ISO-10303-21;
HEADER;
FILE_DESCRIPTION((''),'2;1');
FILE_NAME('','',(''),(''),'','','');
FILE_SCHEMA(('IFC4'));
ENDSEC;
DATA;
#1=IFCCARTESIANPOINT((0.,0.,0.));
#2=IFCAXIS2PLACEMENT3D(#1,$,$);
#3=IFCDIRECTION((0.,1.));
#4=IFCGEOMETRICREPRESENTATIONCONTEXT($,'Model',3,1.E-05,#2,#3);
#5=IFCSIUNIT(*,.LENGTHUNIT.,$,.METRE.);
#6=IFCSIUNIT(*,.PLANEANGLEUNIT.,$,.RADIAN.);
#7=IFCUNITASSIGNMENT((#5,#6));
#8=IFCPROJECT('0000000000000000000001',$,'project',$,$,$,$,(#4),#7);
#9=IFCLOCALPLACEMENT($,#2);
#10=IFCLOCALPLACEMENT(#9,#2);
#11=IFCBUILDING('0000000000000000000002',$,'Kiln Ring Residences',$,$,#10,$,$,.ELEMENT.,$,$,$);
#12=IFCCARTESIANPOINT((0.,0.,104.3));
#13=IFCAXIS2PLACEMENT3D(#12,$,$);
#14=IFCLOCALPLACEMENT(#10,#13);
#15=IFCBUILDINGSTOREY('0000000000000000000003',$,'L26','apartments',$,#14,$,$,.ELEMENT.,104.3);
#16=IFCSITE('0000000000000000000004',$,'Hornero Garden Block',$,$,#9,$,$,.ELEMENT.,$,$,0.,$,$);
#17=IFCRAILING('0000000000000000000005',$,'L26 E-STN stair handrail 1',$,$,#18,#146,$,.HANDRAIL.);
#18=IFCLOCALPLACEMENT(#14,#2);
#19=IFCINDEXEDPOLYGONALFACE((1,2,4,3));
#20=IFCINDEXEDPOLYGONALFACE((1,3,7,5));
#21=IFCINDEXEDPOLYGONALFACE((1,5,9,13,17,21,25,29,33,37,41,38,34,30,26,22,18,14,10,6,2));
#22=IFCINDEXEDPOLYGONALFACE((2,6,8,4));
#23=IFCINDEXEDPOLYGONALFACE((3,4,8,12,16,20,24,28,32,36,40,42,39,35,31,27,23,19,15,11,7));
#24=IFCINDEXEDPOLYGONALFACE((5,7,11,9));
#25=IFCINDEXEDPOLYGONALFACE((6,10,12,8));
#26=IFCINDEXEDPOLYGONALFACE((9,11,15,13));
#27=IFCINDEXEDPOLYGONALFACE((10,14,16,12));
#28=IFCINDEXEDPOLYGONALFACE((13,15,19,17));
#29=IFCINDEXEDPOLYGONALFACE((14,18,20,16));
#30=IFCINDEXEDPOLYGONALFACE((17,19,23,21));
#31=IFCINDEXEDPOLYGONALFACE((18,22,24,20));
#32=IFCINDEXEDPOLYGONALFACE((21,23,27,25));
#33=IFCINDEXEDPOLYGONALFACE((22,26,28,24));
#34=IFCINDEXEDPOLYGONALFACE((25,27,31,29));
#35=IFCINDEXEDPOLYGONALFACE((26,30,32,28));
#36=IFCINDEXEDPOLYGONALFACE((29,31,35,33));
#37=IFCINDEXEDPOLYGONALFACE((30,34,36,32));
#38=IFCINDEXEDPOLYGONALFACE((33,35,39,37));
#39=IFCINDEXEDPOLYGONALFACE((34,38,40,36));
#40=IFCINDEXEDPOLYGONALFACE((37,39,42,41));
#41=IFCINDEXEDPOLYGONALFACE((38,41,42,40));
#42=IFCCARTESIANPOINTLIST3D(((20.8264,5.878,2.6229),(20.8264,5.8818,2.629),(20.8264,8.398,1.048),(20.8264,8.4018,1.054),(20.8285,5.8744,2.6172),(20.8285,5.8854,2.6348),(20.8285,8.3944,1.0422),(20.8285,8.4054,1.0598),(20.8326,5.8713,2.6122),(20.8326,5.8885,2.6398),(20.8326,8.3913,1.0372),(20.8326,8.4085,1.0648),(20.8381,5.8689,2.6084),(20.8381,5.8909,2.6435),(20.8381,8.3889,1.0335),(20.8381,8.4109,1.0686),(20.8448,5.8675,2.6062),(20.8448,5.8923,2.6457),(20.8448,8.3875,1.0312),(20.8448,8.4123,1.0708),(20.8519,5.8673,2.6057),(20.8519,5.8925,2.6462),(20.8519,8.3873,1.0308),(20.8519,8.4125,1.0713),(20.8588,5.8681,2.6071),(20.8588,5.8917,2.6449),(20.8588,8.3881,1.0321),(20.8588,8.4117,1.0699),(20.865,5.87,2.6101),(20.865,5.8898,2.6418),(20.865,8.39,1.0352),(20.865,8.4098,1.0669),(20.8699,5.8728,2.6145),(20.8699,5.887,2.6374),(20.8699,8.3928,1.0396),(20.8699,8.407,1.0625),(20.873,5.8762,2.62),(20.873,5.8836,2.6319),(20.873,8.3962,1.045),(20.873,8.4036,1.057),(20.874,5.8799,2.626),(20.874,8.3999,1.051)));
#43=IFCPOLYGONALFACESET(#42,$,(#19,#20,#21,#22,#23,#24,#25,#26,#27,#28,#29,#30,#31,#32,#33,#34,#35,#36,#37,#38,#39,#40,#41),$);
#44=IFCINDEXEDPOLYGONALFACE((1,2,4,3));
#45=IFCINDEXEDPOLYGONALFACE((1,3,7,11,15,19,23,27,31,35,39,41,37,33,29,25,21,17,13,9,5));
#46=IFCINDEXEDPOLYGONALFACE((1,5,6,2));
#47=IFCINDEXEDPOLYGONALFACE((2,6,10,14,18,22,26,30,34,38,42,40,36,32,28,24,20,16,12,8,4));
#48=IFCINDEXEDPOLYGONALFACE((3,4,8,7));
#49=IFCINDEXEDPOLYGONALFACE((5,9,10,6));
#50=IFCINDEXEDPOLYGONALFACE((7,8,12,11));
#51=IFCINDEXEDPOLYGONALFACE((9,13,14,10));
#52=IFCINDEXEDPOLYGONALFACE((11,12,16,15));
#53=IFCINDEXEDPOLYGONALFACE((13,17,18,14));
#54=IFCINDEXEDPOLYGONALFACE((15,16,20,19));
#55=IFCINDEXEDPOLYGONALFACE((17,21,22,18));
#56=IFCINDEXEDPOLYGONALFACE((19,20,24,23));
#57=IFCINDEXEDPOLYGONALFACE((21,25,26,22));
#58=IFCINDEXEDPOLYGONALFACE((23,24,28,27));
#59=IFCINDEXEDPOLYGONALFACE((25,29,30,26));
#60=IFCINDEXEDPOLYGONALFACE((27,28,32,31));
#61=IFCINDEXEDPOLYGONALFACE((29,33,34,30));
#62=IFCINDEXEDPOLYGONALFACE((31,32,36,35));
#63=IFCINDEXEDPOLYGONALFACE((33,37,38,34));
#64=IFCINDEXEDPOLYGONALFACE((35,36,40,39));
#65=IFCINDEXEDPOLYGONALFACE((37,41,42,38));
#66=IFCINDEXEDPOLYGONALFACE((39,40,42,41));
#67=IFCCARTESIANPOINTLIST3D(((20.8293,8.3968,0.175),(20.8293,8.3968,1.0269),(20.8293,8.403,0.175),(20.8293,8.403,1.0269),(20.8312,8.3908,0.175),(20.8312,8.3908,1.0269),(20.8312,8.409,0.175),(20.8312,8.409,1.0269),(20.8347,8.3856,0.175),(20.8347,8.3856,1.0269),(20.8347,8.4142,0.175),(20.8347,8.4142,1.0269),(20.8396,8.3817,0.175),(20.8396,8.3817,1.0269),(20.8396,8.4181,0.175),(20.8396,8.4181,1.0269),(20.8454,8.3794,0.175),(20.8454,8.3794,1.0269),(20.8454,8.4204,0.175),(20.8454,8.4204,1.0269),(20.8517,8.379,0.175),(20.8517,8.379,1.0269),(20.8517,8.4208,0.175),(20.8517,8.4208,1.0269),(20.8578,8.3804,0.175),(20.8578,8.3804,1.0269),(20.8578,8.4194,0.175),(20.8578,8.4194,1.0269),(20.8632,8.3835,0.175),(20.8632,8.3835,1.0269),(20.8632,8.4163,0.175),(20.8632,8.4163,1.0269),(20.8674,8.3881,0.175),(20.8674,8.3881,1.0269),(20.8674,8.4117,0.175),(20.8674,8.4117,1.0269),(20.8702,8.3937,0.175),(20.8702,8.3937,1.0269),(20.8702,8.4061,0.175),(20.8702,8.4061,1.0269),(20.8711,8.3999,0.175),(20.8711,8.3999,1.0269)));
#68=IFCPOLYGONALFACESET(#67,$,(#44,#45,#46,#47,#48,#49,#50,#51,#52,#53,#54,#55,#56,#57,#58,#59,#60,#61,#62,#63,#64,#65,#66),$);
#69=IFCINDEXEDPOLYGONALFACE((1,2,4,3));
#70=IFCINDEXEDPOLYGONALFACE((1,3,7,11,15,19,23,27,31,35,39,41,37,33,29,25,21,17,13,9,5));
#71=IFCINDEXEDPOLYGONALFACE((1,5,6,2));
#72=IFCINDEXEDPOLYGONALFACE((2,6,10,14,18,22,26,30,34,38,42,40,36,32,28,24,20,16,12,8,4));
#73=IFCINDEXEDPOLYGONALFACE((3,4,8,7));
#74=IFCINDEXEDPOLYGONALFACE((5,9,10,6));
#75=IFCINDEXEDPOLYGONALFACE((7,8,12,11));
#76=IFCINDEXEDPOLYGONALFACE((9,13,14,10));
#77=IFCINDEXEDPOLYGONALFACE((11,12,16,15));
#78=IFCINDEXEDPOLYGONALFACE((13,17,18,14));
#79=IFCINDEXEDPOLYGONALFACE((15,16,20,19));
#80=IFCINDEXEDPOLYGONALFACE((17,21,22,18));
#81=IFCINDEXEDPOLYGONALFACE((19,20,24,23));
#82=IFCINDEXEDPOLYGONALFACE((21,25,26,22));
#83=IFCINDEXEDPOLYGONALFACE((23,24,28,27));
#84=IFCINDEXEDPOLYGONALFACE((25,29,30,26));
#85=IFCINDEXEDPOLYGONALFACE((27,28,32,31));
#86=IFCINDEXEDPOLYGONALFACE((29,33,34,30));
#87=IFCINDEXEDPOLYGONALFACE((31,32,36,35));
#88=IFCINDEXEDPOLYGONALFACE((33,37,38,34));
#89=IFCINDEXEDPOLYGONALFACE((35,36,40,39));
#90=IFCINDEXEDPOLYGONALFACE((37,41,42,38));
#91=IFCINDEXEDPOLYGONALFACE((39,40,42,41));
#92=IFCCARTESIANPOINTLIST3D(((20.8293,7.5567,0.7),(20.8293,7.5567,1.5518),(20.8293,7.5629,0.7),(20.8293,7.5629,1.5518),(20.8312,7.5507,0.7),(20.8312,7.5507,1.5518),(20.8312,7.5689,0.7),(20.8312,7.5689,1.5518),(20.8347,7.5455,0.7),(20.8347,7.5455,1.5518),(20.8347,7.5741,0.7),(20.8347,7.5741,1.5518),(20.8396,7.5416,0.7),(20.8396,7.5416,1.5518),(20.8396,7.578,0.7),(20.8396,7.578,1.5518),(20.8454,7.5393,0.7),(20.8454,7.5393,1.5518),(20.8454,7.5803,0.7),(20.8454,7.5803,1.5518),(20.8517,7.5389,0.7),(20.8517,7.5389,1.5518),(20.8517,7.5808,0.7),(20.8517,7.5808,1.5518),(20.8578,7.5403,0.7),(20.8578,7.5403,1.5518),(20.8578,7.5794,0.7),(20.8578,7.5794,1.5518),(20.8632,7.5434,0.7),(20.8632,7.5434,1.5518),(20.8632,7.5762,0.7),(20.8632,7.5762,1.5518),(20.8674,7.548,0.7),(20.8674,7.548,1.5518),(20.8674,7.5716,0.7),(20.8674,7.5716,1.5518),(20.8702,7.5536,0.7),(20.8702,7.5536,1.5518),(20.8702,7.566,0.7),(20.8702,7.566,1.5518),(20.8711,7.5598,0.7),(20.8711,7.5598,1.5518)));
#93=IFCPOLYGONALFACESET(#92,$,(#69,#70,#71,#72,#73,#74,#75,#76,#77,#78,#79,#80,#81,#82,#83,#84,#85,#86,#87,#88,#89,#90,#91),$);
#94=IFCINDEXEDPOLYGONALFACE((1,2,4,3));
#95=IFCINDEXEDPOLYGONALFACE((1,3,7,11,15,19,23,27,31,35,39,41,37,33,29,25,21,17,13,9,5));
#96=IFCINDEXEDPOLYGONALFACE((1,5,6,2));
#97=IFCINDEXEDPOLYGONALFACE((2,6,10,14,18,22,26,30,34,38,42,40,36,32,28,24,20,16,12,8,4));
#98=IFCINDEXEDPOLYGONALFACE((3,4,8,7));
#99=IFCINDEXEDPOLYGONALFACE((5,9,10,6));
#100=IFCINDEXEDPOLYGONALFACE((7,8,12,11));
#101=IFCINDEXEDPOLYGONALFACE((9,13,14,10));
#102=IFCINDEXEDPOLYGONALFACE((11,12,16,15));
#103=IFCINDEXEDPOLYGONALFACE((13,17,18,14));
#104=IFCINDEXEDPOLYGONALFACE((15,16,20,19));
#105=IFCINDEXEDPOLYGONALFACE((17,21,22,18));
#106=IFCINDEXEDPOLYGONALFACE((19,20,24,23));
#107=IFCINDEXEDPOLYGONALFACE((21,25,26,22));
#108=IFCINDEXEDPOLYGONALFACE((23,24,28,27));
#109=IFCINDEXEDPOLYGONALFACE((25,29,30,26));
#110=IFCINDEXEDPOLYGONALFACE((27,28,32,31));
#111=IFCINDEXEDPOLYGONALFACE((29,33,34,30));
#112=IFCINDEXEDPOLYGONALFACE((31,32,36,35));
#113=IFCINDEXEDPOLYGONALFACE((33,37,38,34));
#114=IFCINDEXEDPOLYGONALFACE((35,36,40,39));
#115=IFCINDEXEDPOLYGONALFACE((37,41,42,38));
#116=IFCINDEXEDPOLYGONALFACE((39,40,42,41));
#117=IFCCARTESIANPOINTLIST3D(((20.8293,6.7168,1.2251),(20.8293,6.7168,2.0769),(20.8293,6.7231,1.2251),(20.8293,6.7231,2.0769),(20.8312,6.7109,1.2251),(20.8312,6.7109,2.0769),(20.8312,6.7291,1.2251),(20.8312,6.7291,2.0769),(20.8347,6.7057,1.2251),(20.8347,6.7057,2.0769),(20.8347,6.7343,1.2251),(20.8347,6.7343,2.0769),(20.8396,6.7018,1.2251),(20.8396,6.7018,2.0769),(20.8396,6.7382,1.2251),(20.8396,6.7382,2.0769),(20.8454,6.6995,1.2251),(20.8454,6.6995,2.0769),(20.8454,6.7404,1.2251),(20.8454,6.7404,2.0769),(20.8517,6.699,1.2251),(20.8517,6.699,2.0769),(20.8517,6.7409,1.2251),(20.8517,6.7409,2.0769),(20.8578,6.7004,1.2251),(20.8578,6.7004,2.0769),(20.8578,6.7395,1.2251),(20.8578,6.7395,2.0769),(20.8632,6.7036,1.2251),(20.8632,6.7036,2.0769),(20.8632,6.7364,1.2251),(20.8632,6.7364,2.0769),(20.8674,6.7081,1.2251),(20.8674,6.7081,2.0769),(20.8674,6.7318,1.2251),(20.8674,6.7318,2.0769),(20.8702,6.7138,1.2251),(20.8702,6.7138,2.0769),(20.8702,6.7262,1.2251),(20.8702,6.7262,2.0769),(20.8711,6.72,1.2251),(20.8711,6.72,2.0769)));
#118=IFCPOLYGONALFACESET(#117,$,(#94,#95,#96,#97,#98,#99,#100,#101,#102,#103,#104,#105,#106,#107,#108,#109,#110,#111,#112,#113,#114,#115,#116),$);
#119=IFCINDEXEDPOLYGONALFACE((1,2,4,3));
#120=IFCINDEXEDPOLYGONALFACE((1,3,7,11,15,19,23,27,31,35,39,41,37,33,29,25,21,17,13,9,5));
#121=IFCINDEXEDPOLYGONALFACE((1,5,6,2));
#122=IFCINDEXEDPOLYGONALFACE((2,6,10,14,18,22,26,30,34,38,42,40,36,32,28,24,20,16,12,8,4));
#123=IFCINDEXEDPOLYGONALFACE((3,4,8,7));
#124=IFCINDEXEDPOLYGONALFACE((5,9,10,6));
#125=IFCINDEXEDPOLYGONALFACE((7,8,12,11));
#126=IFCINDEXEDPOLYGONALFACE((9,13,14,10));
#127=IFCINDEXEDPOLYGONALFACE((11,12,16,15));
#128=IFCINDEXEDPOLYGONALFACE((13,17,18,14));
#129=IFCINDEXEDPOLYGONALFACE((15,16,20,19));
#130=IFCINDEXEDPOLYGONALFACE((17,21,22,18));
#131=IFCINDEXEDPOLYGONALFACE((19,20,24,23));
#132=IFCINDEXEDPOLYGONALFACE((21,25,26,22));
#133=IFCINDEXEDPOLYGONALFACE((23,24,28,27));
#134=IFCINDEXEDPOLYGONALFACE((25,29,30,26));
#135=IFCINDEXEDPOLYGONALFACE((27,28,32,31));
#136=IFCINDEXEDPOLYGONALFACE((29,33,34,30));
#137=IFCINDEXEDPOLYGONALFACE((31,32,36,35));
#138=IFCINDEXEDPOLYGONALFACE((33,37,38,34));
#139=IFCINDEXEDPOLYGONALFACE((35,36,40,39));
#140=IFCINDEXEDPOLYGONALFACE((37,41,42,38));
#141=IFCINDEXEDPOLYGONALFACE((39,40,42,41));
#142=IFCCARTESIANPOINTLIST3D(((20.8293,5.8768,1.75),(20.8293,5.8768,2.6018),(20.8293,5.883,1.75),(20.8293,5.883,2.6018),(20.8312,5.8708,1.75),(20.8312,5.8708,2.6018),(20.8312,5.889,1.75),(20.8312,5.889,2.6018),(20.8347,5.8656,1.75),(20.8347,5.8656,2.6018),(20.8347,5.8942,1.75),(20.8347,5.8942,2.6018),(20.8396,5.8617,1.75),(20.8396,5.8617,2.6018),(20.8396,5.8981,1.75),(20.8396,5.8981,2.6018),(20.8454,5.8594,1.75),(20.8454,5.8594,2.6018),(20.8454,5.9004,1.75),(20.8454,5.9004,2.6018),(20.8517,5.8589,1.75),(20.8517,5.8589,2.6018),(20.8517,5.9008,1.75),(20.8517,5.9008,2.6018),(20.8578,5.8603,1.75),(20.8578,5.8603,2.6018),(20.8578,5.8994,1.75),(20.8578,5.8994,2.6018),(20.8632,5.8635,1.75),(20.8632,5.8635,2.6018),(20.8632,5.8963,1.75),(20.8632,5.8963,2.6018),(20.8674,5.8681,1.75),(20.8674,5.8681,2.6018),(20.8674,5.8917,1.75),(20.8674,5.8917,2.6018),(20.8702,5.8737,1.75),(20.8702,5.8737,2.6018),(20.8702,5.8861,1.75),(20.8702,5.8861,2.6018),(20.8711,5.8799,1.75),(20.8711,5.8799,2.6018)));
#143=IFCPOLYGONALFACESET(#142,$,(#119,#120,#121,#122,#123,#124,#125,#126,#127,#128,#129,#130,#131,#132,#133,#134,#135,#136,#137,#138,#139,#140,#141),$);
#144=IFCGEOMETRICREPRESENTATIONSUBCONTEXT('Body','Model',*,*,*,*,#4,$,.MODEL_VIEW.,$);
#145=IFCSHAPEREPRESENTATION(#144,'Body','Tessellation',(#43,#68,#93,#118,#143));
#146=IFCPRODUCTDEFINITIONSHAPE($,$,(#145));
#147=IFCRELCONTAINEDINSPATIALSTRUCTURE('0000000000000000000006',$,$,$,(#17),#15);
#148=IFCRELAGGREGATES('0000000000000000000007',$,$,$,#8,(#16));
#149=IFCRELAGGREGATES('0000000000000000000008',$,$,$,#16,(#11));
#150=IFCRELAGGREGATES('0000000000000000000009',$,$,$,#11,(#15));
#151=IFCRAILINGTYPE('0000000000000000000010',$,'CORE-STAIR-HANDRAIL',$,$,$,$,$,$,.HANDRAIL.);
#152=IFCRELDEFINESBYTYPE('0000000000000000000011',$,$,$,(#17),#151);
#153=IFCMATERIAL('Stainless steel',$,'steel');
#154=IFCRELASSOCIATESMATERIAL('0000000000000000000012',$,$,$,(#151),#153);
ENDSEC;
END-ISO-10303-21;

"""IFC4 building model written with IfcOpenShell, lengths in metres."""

from ifc_helpers import new_model, si_unit, direction, frame, origin, origin_2d, place, context, subcontext, project, spatial, circle, extrude, material, type_object, element, save


model = new_model("IFC4")

# Units and contexts
model_context = context("Model", 3, precision=1e-05, world=origin(), true_north=direction((0.0, 1.0)))
body_context = subcontext(model_context, "Body", "Model", "MODEL_VIEW")
ifc_project = project(units=[si_unit("LENGTHUNIT", "METRE"), si_unit("PLANEANGLEUNIT", "RADIAN")], contexts=[model_context])

# Site, building, storey
site_placement = place(None, origin())
site = spatial("IfcSite", under=ifc_project, at=site_placement, Name="Hornero Garden Block", CompositionType="ELEMENT", RefElevation=0.0)
building_placement = place(site_placement, origin())
building = spatial("IfcBuilding", under=site, at=building_placement, Name="Kiln Ring Residences", CompositionType="ELEMENT")
storey_placement = place(building_placement, frame((0.0, 0.0, 104.3)))
storey = spatial("IfcBuildingStorey", under=building, at=storey_placement, Name="L26", Description="apartments", CompositionType="ELEMENT", Elevation=104.3)

# Railing
ifc_material_1 = material(Name="Stainless steel", Category="steel")
railing_type_1 = type_object("IfcRailingType", Name="CORE-STAIR-HANDRAIL", PredefinedType="HANDRAIL", material=ifc_material_1)
railing_1_placement = place(storey_placement, frame((20.8501, 8.3999, 0.175)))
element("IfcRailing", 1, at=railing_1_placement, inside=storey, type_object=railing_type_1, Name="L26 E-STN stair handrail 1", PredefinedType="HANDRAIL", context=body_context, shape_type="SweptSolid", body=[
    extrude(circle(Radius=0.0239, at=origin_2d()), frame((0.0, 0.0, 0.876), z_axis=(0.0, -0.848008, 0.529984), x_axis=(1.0, 0.0, 0.0)), (0.0, 0.0, 1.0), 2.9717),
    extrude(circle(Radius=0.021, at=origin_2d()), origin(), (0.0, 0.0, 1.0), 0.8518),
    extrude(circle(Radius=0.021, at=origin_2d()), frame((0.0, -0.8401, 0.5249)), (0.0, 0.0, 1.0), 0.8518),
    extrude(circle(Radius=0.021, at=origin_2d()), frame((0.0, -1.6799, 1.05)), (0.0, 0.0, 1.0), 0.8518),
    extrude(circle(Radius=0.021, at=origin_2d()), frame((0.0, -2.52, 1.575)), (0.0, 0.0, 1.0), 0.8518),
])

save(model, "model.ifc")
